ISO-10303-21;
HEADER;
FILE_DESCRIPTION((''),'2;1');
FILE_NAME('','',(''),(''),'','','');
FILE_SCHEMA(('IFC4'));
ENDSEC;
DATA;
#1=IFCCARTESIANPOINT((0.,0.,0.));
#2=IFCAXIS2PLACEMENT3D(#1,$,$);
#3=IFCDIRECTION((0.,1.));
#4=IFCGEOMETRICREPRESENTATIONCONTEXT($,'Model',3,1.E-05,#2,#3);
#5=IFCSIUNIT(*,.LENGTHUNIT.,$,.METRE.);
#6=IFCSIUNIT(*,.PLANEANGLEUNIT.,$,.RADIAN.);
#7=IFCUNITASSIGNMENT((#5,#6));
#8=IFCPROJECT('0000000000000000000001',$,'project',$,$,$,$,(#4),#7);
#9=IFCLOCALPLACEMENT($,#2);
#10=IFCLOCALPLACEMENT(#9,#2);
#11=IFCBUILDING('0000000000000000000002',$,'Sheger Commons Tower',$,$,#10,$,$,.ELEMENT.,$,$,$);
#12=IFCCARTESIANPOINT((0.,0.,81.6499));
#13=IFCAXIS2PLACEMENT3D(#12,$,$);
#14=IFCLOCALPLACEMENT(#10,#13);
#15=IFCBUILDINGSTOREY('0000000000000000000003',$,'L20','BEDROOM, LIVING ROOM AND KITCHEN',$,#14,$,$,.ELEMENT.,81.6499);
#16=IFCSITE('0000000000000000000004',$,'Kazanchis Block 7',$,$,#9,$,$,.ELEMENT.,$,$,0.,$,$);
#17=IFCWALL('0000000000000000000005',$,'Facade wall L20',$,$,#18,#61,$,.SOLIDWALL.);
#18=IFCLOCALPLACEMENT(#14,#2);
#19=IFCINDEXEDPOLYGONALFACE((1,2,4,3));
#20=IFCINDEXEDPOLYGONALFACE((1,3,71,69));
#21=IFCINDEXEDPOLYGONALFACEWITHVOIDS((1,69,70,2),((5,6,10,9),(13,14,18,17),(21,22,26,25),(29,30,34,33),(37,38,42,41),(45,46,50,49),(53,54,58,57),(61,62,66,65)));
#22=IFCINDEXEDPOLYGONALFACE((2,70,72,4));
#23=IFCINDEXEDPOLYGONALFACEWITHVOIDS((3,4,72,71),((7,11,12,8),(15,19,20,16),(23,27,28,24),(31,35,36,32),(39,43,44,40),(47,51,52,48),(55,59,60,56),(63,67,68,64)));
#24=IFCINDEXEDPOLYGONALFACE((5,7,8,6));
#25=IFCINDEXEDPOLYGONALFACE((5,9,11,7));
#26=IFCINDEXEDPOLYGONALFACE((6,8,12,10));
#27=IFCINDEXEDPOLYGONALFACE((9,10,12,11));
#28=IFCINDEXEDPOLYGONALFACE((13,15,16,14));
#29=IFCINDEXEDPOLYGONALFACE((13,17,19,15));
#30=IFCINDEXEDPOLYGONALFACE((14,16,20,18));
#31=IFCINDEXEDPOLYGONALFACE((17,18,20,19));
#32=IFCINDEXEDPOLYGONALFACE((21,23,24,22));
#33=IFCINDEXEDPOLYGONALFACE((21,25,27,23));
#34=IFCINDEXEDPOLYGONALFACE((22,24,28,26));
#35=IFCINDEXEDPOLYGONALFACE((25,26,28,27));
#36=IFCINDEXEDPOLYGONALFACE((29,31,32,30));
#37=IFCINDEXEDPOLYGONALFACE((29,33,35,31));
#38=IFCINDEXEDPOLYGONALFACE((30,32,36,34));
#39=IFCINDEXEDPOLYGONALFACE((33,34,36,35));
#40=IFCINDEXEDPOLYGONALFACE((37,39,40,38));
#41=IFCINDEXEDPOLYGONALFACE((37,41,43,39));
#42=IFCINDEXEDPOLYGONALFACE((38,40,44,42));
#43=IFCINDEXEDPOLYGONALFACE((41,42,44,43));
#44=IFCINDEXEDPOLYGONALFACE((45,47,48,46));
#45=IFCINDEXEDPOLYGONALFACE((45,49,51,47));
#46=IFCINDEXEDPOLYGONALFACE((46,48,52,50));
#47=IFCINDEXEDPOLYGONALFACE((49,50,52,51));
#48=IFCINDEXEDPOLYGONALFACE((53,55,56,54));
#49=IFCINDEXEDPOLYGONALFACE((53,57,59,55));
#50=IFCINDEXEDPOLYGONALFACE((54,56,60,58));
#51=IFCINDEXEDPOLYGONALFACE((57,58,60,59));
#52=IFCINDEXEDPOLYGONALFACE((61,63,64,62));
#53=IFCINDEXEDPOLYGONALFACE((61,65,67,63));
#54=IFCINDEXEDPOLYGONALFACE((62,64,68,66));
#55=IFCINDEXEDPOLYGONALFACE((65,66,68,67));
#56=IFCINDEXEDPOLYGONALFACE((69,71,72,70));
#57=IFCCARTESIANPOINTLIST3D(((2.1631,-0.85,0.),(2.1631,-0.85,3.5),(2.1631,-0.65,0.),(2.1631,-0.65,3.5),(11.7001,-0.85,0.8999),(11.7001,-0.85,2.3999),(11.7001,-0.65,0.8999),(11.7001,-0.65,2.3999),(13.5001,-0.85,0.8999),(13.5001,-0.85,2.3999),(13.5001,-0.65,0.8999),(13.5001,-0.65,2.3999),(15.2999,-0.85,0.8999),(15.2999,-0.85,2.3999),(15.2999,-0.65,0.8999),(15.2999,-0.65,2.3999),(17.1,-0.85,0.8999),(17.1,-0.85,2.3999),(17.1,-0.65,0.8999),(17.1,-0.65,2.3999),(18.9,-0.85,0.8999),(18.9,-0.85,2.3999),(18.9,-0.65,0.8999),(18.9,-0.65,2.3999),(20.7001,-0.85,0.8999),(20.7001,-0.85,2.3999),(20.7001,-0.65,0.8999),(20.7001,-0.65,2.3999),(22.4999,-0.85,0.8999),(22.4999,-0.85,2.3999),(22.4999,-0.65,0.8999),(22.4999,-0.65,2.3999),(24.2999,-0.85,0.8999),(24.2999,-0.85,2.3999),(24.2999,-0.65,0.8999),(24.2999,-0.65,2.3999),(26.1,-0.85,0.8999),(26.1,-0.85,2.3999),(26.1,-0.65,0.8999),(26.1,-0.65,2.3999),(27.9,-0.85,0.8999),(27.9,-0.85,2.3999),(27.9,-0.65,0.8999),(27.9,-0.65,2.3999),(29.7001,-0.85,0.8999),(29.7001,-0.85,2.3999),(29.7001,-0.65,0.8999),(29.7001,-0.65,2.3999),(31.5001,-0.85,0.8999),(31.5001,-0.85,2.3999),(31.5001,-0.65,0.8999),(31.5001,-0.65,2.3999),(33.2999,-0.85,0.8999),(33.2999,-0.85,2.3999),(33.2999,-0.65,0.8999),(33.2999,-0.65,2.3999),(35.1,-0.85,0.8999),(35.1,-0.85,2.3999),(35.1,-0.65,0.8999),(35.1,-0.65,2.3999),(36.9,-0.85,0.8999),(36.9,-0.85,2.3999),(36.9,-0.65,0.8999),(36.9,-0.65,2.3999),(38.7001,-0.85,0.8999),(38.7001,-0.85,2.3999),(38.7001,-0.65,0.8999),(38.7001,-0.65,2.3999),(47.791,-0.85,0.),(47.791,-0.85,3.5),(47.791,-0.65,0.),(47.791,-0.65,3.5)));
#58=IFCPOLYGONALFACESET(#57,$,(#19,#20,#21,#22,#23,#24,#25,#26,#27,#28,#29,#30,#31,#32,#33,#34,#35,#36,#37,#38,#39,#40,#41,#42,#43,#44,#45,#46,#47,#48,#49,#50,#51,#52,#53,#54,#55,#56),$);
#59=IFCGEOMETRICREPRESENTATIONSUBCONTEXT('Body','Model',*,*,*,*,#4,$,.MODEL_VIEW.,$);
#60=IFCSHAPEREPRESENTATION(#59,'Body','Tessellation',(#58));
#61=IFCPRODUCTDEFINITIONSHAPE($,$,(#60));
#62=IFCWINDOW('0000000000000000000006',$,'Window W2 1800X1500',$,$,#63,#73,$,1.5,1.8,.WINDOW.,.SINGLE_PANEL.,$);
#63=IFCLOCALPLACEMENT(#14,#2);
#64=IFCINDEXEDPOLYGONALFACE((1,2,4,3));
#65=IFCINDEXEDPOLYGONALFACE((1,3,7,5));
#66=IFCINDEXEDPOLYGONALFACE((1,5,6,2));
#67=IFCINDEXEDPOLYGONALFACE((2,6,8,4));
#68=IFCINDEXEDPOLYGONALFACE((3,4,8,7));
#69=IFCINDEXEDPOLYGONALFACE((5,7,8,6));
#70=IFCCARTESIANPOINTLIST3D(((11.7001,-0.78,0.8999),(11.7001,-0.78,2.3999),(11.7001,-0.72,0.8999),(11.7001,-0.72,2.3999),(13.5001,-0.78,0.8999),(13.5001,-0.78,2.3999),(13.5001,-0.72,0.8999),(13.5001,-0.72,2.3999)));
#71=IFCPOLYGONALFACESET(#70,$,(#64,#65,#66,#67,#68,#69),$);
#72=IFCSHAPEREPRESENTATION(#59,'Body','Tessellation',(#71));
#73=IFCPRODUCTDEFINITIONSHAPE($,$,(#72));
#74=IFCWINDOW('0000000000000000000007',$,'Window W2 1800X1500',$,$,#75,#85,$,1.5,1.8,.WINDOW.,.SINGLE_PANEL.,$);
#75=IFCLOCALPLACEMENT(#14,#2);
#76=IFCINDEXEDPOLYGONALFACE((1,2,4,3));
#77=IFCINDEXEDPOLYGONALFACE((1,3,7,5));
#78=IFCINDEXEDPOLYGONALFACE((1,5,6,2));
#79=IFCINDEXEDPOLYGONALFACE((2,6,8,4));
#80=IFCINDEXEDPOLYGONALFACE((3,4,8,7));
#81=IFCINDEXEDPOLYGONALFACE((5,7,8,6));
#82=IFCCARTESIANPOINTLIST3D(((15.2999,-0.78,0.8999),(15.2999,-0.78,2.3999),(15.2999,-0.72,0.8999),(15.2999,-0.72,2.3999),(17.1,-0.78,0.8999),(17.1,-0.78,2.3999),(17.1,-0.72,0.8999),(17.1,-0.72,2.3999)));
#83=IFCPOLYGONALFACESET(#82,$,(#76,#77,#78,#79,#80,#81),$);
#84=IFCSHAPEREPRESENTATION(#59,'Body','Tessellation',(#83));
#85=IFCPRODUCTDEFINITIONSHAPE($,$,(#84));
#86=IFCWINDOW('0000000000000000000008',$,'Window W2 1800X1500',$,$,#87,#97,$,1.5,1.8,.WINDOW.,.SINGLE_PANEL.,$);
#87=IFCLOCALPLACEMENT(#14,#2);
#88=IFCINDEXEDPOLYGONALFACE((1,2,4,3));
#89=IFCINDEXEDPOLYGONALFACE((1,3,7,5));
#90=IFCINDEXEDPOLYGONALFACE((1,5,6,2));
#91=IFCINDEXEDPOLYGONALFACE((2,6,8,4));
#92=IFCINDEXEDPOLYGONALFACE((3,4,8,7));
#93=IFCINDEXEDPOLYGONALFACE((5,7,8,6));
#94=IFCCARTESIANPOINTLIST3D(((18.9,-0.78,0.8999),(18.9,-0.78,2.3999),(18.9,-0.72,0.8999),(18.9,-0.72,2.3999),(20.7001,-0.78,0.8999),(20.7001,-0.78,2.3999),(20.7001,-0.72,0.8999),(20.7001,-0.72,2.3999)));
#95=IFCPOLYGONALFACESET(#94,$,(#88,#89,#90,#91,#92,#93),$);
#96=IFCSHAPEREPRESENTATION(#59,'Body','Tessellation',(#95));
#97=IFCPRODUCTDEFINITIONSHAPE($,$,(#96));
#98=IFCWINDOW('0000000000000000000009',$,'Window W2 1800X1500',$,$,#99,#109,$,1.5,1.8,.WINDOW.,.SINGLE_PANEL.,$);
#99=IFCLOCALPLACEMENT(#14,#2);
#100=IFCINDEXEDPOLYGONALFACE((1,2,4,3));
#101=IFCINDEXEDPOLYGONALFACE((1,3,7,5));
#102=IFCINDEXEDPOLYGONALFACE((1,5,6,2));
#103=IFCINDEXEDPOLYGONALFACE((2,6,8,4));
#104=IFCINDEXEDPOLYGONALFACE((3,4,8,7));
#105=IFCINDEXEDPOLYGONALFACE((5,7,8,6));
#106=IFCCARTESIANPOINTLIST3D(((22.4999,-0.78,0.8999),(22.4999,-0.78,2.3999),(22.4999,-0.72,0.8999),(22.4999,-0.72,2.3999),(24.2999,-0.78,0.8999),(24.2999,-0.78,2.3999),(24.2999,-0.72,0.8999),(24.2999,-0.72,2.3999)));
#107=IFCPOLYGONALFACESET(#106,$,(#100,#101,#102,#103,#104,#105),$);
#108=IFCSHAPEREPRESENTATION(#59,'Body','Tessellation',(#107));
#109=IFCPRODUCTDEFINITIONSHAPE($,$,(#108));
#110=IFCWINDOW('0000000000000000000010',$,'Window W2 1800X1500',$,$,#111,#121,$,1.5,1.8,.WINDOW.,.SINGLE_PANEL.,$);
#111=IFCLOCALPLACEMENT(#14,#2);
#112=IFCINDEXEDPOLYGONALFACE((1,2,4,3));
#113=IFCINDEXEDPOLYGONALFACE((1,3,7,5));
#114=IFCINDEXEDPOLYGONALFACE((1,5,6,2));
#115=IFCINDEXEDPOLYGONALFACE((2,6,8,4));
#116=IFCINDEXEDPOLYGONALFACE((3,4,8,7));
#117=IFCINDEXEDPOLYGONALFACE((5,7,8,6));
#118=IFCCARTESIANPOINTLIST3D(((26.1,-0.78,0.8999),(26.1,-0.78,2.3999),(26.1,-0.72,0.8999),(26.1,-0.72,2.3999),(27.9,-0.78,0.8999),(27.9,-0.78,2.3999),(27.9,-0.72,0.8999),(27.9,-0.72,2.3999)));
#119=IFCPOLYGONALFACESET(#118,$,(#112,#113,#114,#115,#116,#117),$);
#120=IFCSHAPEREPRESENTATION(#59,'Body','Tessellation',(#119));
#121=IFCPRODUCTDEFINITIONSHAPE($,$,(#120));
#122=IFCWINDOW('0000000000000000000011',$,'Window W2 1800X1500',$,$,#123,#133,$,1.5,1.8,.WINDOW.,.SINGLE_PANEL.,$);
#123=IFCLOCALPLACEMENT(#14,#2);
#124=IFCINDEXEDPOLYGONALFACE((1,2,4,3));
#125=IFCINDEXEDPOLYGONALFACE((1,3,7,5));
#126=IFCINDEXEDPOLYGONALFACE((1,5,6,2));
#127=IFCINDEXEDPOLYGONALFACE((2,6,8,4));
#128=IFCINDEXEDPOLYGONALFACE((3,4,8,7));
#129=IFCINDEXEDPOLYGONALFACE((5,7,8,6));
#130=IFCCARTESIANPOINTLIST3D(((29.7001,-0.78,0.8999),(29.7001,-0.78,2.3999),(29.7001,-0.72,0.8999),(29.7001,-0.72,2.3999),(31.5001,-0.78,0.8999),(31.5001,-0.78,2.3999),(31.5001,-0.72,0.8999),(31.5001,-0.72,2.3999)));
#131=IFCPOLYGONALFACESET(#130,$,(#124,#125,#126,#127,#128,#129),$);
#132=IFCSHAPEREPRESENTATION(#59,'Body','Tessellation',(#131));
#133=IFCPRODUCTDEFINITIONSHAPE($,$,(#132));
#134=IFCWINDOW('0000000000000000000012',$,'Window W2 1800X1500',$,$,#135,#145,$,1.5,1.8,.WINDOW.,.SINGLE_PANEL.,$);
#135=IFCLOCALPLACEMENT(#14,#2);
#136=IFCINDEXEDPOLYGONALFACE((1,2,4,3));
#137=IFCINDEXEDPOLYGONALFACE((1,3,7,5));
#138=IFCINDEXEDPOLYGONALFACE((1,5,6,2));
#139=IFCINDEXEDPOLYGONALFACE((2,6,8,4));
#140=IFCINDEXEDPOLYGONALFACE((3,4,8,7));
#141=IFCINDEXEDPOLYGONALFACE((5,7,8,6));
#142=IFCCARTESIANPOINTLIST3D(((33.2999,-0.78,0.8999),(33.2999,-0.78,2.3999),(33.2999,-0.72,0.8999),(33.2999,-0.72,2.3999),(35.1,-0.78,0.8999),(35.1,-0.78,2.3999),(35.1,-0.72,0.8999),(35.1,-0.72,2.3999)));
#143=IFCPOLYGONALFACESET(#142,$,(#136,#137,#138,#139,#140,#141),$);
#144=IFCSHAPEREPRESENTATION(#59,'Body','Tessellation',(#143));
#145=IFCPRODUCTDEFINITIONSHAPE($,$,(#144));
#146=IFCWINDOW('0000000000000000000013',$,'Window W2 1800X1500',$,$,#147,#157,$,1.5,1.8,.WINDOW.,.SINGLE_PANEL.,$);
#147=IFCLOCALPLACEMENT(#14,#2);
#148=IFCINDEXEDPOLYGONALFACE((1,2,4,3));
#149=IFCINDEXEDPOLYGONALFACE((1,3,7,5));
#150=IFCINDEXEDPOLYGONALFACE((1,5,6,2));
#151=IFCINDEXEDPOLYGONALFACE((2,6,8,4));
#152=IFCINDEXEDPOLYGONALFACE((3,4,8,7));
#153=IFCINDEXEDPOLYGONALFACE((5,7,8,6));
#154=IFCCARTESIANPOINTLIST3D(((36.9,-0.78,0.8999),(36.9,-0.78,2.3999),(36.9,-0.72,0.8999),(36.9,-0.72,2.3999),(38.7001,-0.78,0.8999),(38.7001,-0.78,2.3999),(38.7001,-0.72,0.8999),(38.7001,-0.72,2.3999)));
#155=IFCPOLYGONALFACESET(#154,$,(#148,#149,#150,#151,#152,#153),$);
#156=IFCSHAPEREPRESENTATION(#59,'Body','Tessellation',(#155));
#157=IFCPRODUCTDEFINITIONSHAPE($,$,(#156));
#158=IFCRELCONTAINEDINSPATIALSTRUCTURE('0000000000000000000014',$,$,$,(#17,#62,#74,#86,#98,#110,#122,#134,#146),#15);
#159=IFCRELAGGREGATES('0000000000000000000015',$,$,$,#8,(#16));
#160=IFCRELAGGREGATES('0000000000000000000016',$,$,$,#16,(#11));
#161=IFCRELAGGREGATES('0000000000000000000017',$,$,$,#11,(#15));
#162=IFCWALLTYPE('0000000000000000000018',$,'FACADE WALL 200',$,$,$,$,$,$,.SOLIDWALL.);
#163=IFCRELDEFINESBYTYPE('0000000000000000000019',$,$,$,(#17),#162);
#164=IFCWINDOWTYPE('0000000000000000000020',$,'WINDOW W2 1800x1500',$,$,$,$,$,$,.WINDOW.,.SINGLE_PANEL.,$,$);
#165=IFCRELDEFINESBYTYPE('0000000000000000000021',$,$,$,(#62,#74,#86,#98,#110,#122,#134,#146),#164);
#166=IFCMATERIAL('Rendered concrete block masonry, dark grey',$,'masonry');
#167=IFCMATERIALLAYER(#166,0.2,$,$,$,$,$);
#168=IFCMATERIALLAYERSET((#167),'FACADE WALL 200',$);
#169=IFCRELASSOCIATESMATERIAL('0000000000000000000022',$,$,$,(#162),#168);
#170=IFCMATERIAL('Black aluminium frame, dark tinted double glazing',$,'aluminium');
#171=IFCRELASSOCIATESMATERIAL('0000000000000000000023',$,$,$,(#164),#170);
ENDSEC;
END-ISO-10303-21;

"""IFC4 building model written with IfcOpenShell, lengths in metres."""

from ifc_helpers import new_model, si_unit, direction, frame, frame_2d, origin, place, context, subcontext, project, spatial, rectangle, extrude, material, layer, layer_set, type_object, element, fill, save


model = new_model("IFC4")

# Units and contexts
model_context = context("Model", 3, precision=1e-05, world=origin(), true_north=direction((0.0, 1.0)))
body_context = subcontext(model_context, "Body", "Model", "MODEL_VIEW")
ifc_project = project(units=[si_unit("LENGTHUNIT", "METRE"), si_unit("PLANEANGLEUNIT", "RADIAN")], contexts=[model_context])

# Site, building, storey
site_placement = place(None, origin())
site = spatial("IfcSite", under=ifc_project, at=site_placement, Name="Kazanchis Block 7", CompositionType="ELEMENT", RefElevation=0.0)
building_placement = place(site_placement, origin())
building = spatial("IfcBuilding", under=site, at=building_placement, Name="Sheger Commons Tower", CompositionType="ELEMENT")
storey_placement = place(building_placement, frame((0.0, 0.0, 81.6499)))
storey = spatial("IfcBuildingStorey", under=building, at=storey_placement, Name="L20", Description="BEDROOM, LIVING ROOM AND KITCHEN", CompositionType="ELEMENT", Elevation=81.6499)

# Wall, openings, windows
ifc_material_1 = material(Name="Rendered concrete block masonry, dark grey", Category="masonry")
ifc_layer_1 = layer(ifc_material_1, 0.2)
ifc_layer_set_1 = layer_set([ifc_layer_1], Name="FACADE WALL 200")
wall_type_1 = type_object("IfcWallType", Name="FACADE WALL 200", PredefinedType="SOLIDWALL", material=ifc_layer_set_1)
wall_1_placement = place(storey_placement, frame((2.1631, -0.75, 0.0), z_axis=(0.0, 0.0, 1.0), x_axis=(1.0, 0.0, 0.0)))
wall_1 = element("IfcWall", 1, at=wall_1_placement, inside=storey, type_object=wall_type_1, Name="Facade wall L20", PredefinedType="SOLIDWALL", context=body_context, shape_type="SweptSolid", body=[
    extrude(rectangle(XDim=45.6279, YDim=0.2, at=frame_2d((22.814, 0.0))), origin(), (0.0, 0.0, 1.0), 3.5),
])
opening_1_placement = place(wall_1_placement, frame((9.5371, 0.0, 0.8999)))
opening_1 = element("IfcOpeningElement", 2, at=opening_1_placement, cuts=wall_1, PredefinedType="OPENING", context=body_context, shape_type="SweptSolid", body=[
    extrude(rectangle(XDim=1.8, YDim=1.5, at=frame_2d((0.8999, 0.75))), frame((0.0, 0.1099, 0.0), z_axis=(0.0, -1.0, 0.0), x_axis=(1.0, 0.0, 0.0)), (0.0, 0.0, 1.0), 0.22),
])
opening_2_placement = place(wall_1_placement, frame((13.137, 0.0, 0.8999)))
opening_2 = element("IfcOpeningElement", 3, at=opening_2_placement, cuts=wall_1, PredefinedType="OPENING", context=body_context, shape_type="SweptSolid", body=[
    extrude(rectangle(XDim=1.8, YDim=1.5, at=frame_2d((0.8999, 0.75))), frame((0.0, 0.1099, 0.0), z_axis=(0.0, -1.0, 0.0), x_axis=(1.0, 0.0, 0.0)), (0.0, 0.0, 1.0), 0.22),
])
opening_3_placement = place(wall_1_placement, frame((16.7371, 0.0, 0.8999)))
opening_3 = element("IfcOpeningElement", 4, at=opening_3_placement, cuts=wall_1, PredefinedType="OPENING", context=body_context, shape_type="SweptSolid", body=[
    extrude(rectangle(XDim=1.8, YDim=1.5, at=frame_2d((0.8999, 0.75))), frame((0.0, 0.1099, 0.0), z_axis=(0.0, -1.0, 0.0), x_axis=(1.0, 0.0, 0.0)), (0.0, 0.0, 1.0), 0.22),
])
opening_4_placement = place(wall_1_placement, frame((20.3369, 0.0, 0.8999)))
opening_4 = element("IfcOpeningElement", 5, at=opening_4_placement, cuts=wall_1, PredefinedType="OPENING", context=body_context, shape_type="SweptSolid", body=[
    extrude(rectangle(XDim=1.8, YDim=1.5, at=frame_2d((0.8999, 0.75))), frame((0.0, 0.1099, 0.0), z_axis=(0.0, -1.0, 0.0), x_axis=(1.0, 0.0, 0.0)), (0.0, 0.0, 1.0), 0.22),
])
opening_5_placement = place(wall_1_placement, frame((23.937, 0.0, 0.8999)))
opening_5 = element("IfcOpeningElement", 6, at=opening_5_placement, cuts=wall_1, PredefinedType="OPENING", context=body_context, shape_type="SweptSolid", body=[
    extrude(rectangle(XDim=1.8, YDim=1.5, at=frame_2d((0.8999, 0.75))), frame((0.0, 0.1099, 0.0), z_axis=(0.0, -1.0, 0.0), x_axis=(1.0, 0.0, 0.0)), (0.0, 0.0, 1.0), 0.22),
])
opening_6_placement = place(wall_1_placement, frame((27.5371, 0.0, 0.8999)))
opening_6 = element("IfcOpeningElement", 7, at=opening_6_placement, cuts=wall_1, PredefinedType="OPENING", context=body_context, shape_type="SweptSolid", body=[
    extrude(rectangle(XDim=1.8, YDim=1.5, at=frame_2d((0.8999, 0.75))), frame((0.0, 0.1099, 0.0), z_axis=(0.0, -1.0, 0.0), x_axis=(1.0, 0.0, 0.0)), (0.0, 0.0, 1.0), 0.22),
])
opening_7_placement = place(wall_1_placement, frame((31.137, 0.0, 0.8999)))
opening_7 = element("IfcOpeningElement", 8, at=opening_7_placement, cuts=wall_1, PredefinedType="OPENING", context=body_context, shape_type="SweptSolid", body=[
    extrude(rectangle(XDim=1.8, YDim=1.5, at=frame_2d((0.8999, 0.75))), frame((0.0, 0.1099, 0.0), z_axis=(0.0, -1.0, 0.0), x_axis=(1.0, 0.0, 0.0)), (0.0, 0.0, 1.0), 0.22),
])
opening_8_placement = place(wall_1_placement, frame((34.7371, 0.0, 0.8999)))
opening_8 = element("IfcOpeningElement", 9, at=opening_8_placement, cuts=wall_1, PredefinedType="OPENING", context=body_context, shape_type="SweptSolid", body=[
    extrude(rectangle(XDim=1.8, YDim=1.5, at=frame_2d((0.8999, 0.75))), frame((0.0, 0.1099, 0.0), z_axis=(0.0, -1.0, 0.0), x_axis=(1.0, 0.0, 0.0)), (0.0, 0.0, 1.0), 0.22),
])
ifc_material_2 = material(Name="Black aluminium frame, dark tinted double glazing", Category="aluminium")
window_type = type_object("IfcWindowType", Name="WINDOW W2 1800x1500", PartitioningType="SINGLE_PANEL", PredefinedType="WINDOW", material=ifc_material_2)
window_1_placement = place(opening_1_placement, origin())
window_1 = element("IfcWindow", 10, at=window_1_placement, inside=storey, type_object=window_type, Name="Window W2 1800X1500", OverallHeight=1.5, OverallWidth=1.8, PartitioningType="SINGLE_PANEL", PredefinedType="WINDOW", context=body_context, shape_type="SweptSolid", body=[
    extrude(rectangle(XDim=1.8, YDim=1.5, at=frame_2d((0.8999, 0.75))), frame((0.0, 0.03, 0.0), z_axis=(0.0, -1.0, 0.0), x_axis=(1.0, 0.0, 0.0)), (0.0, 0.0, 1.0), 0.0601),
])
fill(opening_1, window_1)
window_2_placement = place(opening_2_placement, origin())
window_2 = element("IfcWindow", 11, at=window_2_placement, inside=storey, type_object=window_type, Name="Window W2 1800X1500", OverallHeight=1.5, OverallWidth=1.8, PartitioningType="SINGLE_PANEL", PredefinedType="WINDOW", context=body_context, shape_type="SweptSolid", body=[
    extrude(rectangle(XDim=1.8, YDim=1.5, at=frame_2d((0.8999, 0.75))), frame((0.0, 0.03, 0.0), z_axis=(0.0, -1.0, 0.0), x_axis=(1.0, 0.0, 0.0)), (0.0, 0.0, 1.0), 0.0601),
])
fill(opening_2, window_2)
window_3_placement = place(opening_3_placement, origin())
window_3 = element("IfcWindow", 12, at=window_3_placement, inside=storey, type_object=window_type, Name="Window W2 1800X1500", OverallHeight=1.5, OverallWidth=1.8, PartitioningType="SINGLE_PANEL", PredefinedType="WINDOW", context=body_context, shape_type="SweptSolid", body=[
    extrude(rectangle(XDim=1.8, YDim=1.5, at=frame_2d((0.8999, 0.75))), frame((0.0, 0.03, 0.0), z_axis=(0.0, -1.0, 0.0), x_axis=(1.0, 0.0, 0.0)), (0.0, 0.0, 1.0), 0.0601),
])
fill(opening_3, window_3)
window_4_placement = place(opening_4_placement, origin())
window_4 = element("IfcWindow", 13, at=window_4_placement, inside=storey, type_object=window_type, Name="Window W2 1800X1500", OverallHeight=1.5, OverallWidth=1.8, PartitioningType="SINGLE_PANEL", PredefinedType="WINDOW", context=body_context, shape_type="SweptSolid", body=[
    extrude(rectangle(XDim=1.8, YDim=1.5, at=frame_2d((0.8999, 0.75))), frame((0.0, 0.03, 0.0), z_axis=(0.0, -1.0, 0.0), x_axis=(1.0, 0.0, 0.0)), (0.0, 0.0, 1.0), 0.0601),
])
fill(opening_4, window_4)
window_5_placement = place(opening_5_placement, origin())
window_5 = element("IfcWindow", 14, at=window_5_placement, inside=storey, type_object=window_type, Name="Window W2 1800X1500", OverallHeight=1.5, OverallWidth=1.8, PartitioningType="SINGLE_PANEL", PredefinedType="WINDOW", context=body_context, shape_type="SweptSolid", body=[
    extrude(rectangle(XDim=1.8, YDim=1.5, at=frame_2d((0.8999, 0.75))), frame((0.0, 0.03, 0.0), z_axis=(0.0, -1.0, 0.0), x_axis=(1.0, 0.0, 0.0)), (0.0, 0.0, 1.0), 0.0601),
])
fill(opening_5, window_5)
window_6_placement = place(opening_6_placement, origin())
window_6 = element("IfcWindow", 15, at=window_6_placement, inside=storey, type_object=window_type, Name="Window W2 1800X1500", OverallHeight=1.5, OverallWidth=1.8, PartitioningType="SINGLE_PANEL", PredefinedType="WINDOW", context=body_context, shape_type="SweptSolid", body=[
    extrude(rectangle(XDim=1.8, YDim=1.5, at=frame_2d((0.8999, 0.75))), frame((0.0, 0.03, 0.0), z_axis=(0.0, -1.0, 0.0), x_axis=(1.0, 0.0, 0.0)), (0.0, 0.0, 1.0), 0.0601),
])
fill(opening_6, window_6)
window_7_placement = place(opening_7_placement, origin())
window_7 = element("IfcWindow", 16, at=window_7_placement, inside=storey, type_object=window_type, Name="Window W2 1800X1500", OverallHeight=1.5, OverallWidth=1.8, PartitioningType="SINGLE_PANEL", PredefinedType="WINDOW", context=body_context, shape_type="SweptSolid", body=[
    extrude(rectangle(XDim=1.8, YDim=1.5, at=frame_2d((0.8999, 0.75))), frame((0.0, 0.03, 0.0), z_axis=(0.0, -1.0, 0.0), x_axis=(1.0, 0.0, 0.0)), (0.0, 0.0, 1.0), 0.0601),
])
fill(opening_7, window_7)
window_8_placement = place(opening_8_placement, origin())
window_8 = element("IfcWindow", 17, at=window_8_placement, inside=storey, type_object=window_type, Name="Window W2 1800X1500", OverallHeight=1.5, OverallWidth=1.8, PartitioningType="SINGLE_PANEL", PredefinedType="WINDOW", context=body_context, shape_type="SweptSolid", body=[
    extrude(rectangle(XDim=1.8, YDim=1.5, at=frame_2d((0.8999, 0.75))), frame((0.0, 0.03, 0.0), z_axis=(0.0, -1.0, 0.0), x_axis=(1.0, 0.0, 0.0)), (0.0, 0.0, 1.0), 0.0601),
])
fill(opening_8, window_8)

save(model, "model.ifc")
